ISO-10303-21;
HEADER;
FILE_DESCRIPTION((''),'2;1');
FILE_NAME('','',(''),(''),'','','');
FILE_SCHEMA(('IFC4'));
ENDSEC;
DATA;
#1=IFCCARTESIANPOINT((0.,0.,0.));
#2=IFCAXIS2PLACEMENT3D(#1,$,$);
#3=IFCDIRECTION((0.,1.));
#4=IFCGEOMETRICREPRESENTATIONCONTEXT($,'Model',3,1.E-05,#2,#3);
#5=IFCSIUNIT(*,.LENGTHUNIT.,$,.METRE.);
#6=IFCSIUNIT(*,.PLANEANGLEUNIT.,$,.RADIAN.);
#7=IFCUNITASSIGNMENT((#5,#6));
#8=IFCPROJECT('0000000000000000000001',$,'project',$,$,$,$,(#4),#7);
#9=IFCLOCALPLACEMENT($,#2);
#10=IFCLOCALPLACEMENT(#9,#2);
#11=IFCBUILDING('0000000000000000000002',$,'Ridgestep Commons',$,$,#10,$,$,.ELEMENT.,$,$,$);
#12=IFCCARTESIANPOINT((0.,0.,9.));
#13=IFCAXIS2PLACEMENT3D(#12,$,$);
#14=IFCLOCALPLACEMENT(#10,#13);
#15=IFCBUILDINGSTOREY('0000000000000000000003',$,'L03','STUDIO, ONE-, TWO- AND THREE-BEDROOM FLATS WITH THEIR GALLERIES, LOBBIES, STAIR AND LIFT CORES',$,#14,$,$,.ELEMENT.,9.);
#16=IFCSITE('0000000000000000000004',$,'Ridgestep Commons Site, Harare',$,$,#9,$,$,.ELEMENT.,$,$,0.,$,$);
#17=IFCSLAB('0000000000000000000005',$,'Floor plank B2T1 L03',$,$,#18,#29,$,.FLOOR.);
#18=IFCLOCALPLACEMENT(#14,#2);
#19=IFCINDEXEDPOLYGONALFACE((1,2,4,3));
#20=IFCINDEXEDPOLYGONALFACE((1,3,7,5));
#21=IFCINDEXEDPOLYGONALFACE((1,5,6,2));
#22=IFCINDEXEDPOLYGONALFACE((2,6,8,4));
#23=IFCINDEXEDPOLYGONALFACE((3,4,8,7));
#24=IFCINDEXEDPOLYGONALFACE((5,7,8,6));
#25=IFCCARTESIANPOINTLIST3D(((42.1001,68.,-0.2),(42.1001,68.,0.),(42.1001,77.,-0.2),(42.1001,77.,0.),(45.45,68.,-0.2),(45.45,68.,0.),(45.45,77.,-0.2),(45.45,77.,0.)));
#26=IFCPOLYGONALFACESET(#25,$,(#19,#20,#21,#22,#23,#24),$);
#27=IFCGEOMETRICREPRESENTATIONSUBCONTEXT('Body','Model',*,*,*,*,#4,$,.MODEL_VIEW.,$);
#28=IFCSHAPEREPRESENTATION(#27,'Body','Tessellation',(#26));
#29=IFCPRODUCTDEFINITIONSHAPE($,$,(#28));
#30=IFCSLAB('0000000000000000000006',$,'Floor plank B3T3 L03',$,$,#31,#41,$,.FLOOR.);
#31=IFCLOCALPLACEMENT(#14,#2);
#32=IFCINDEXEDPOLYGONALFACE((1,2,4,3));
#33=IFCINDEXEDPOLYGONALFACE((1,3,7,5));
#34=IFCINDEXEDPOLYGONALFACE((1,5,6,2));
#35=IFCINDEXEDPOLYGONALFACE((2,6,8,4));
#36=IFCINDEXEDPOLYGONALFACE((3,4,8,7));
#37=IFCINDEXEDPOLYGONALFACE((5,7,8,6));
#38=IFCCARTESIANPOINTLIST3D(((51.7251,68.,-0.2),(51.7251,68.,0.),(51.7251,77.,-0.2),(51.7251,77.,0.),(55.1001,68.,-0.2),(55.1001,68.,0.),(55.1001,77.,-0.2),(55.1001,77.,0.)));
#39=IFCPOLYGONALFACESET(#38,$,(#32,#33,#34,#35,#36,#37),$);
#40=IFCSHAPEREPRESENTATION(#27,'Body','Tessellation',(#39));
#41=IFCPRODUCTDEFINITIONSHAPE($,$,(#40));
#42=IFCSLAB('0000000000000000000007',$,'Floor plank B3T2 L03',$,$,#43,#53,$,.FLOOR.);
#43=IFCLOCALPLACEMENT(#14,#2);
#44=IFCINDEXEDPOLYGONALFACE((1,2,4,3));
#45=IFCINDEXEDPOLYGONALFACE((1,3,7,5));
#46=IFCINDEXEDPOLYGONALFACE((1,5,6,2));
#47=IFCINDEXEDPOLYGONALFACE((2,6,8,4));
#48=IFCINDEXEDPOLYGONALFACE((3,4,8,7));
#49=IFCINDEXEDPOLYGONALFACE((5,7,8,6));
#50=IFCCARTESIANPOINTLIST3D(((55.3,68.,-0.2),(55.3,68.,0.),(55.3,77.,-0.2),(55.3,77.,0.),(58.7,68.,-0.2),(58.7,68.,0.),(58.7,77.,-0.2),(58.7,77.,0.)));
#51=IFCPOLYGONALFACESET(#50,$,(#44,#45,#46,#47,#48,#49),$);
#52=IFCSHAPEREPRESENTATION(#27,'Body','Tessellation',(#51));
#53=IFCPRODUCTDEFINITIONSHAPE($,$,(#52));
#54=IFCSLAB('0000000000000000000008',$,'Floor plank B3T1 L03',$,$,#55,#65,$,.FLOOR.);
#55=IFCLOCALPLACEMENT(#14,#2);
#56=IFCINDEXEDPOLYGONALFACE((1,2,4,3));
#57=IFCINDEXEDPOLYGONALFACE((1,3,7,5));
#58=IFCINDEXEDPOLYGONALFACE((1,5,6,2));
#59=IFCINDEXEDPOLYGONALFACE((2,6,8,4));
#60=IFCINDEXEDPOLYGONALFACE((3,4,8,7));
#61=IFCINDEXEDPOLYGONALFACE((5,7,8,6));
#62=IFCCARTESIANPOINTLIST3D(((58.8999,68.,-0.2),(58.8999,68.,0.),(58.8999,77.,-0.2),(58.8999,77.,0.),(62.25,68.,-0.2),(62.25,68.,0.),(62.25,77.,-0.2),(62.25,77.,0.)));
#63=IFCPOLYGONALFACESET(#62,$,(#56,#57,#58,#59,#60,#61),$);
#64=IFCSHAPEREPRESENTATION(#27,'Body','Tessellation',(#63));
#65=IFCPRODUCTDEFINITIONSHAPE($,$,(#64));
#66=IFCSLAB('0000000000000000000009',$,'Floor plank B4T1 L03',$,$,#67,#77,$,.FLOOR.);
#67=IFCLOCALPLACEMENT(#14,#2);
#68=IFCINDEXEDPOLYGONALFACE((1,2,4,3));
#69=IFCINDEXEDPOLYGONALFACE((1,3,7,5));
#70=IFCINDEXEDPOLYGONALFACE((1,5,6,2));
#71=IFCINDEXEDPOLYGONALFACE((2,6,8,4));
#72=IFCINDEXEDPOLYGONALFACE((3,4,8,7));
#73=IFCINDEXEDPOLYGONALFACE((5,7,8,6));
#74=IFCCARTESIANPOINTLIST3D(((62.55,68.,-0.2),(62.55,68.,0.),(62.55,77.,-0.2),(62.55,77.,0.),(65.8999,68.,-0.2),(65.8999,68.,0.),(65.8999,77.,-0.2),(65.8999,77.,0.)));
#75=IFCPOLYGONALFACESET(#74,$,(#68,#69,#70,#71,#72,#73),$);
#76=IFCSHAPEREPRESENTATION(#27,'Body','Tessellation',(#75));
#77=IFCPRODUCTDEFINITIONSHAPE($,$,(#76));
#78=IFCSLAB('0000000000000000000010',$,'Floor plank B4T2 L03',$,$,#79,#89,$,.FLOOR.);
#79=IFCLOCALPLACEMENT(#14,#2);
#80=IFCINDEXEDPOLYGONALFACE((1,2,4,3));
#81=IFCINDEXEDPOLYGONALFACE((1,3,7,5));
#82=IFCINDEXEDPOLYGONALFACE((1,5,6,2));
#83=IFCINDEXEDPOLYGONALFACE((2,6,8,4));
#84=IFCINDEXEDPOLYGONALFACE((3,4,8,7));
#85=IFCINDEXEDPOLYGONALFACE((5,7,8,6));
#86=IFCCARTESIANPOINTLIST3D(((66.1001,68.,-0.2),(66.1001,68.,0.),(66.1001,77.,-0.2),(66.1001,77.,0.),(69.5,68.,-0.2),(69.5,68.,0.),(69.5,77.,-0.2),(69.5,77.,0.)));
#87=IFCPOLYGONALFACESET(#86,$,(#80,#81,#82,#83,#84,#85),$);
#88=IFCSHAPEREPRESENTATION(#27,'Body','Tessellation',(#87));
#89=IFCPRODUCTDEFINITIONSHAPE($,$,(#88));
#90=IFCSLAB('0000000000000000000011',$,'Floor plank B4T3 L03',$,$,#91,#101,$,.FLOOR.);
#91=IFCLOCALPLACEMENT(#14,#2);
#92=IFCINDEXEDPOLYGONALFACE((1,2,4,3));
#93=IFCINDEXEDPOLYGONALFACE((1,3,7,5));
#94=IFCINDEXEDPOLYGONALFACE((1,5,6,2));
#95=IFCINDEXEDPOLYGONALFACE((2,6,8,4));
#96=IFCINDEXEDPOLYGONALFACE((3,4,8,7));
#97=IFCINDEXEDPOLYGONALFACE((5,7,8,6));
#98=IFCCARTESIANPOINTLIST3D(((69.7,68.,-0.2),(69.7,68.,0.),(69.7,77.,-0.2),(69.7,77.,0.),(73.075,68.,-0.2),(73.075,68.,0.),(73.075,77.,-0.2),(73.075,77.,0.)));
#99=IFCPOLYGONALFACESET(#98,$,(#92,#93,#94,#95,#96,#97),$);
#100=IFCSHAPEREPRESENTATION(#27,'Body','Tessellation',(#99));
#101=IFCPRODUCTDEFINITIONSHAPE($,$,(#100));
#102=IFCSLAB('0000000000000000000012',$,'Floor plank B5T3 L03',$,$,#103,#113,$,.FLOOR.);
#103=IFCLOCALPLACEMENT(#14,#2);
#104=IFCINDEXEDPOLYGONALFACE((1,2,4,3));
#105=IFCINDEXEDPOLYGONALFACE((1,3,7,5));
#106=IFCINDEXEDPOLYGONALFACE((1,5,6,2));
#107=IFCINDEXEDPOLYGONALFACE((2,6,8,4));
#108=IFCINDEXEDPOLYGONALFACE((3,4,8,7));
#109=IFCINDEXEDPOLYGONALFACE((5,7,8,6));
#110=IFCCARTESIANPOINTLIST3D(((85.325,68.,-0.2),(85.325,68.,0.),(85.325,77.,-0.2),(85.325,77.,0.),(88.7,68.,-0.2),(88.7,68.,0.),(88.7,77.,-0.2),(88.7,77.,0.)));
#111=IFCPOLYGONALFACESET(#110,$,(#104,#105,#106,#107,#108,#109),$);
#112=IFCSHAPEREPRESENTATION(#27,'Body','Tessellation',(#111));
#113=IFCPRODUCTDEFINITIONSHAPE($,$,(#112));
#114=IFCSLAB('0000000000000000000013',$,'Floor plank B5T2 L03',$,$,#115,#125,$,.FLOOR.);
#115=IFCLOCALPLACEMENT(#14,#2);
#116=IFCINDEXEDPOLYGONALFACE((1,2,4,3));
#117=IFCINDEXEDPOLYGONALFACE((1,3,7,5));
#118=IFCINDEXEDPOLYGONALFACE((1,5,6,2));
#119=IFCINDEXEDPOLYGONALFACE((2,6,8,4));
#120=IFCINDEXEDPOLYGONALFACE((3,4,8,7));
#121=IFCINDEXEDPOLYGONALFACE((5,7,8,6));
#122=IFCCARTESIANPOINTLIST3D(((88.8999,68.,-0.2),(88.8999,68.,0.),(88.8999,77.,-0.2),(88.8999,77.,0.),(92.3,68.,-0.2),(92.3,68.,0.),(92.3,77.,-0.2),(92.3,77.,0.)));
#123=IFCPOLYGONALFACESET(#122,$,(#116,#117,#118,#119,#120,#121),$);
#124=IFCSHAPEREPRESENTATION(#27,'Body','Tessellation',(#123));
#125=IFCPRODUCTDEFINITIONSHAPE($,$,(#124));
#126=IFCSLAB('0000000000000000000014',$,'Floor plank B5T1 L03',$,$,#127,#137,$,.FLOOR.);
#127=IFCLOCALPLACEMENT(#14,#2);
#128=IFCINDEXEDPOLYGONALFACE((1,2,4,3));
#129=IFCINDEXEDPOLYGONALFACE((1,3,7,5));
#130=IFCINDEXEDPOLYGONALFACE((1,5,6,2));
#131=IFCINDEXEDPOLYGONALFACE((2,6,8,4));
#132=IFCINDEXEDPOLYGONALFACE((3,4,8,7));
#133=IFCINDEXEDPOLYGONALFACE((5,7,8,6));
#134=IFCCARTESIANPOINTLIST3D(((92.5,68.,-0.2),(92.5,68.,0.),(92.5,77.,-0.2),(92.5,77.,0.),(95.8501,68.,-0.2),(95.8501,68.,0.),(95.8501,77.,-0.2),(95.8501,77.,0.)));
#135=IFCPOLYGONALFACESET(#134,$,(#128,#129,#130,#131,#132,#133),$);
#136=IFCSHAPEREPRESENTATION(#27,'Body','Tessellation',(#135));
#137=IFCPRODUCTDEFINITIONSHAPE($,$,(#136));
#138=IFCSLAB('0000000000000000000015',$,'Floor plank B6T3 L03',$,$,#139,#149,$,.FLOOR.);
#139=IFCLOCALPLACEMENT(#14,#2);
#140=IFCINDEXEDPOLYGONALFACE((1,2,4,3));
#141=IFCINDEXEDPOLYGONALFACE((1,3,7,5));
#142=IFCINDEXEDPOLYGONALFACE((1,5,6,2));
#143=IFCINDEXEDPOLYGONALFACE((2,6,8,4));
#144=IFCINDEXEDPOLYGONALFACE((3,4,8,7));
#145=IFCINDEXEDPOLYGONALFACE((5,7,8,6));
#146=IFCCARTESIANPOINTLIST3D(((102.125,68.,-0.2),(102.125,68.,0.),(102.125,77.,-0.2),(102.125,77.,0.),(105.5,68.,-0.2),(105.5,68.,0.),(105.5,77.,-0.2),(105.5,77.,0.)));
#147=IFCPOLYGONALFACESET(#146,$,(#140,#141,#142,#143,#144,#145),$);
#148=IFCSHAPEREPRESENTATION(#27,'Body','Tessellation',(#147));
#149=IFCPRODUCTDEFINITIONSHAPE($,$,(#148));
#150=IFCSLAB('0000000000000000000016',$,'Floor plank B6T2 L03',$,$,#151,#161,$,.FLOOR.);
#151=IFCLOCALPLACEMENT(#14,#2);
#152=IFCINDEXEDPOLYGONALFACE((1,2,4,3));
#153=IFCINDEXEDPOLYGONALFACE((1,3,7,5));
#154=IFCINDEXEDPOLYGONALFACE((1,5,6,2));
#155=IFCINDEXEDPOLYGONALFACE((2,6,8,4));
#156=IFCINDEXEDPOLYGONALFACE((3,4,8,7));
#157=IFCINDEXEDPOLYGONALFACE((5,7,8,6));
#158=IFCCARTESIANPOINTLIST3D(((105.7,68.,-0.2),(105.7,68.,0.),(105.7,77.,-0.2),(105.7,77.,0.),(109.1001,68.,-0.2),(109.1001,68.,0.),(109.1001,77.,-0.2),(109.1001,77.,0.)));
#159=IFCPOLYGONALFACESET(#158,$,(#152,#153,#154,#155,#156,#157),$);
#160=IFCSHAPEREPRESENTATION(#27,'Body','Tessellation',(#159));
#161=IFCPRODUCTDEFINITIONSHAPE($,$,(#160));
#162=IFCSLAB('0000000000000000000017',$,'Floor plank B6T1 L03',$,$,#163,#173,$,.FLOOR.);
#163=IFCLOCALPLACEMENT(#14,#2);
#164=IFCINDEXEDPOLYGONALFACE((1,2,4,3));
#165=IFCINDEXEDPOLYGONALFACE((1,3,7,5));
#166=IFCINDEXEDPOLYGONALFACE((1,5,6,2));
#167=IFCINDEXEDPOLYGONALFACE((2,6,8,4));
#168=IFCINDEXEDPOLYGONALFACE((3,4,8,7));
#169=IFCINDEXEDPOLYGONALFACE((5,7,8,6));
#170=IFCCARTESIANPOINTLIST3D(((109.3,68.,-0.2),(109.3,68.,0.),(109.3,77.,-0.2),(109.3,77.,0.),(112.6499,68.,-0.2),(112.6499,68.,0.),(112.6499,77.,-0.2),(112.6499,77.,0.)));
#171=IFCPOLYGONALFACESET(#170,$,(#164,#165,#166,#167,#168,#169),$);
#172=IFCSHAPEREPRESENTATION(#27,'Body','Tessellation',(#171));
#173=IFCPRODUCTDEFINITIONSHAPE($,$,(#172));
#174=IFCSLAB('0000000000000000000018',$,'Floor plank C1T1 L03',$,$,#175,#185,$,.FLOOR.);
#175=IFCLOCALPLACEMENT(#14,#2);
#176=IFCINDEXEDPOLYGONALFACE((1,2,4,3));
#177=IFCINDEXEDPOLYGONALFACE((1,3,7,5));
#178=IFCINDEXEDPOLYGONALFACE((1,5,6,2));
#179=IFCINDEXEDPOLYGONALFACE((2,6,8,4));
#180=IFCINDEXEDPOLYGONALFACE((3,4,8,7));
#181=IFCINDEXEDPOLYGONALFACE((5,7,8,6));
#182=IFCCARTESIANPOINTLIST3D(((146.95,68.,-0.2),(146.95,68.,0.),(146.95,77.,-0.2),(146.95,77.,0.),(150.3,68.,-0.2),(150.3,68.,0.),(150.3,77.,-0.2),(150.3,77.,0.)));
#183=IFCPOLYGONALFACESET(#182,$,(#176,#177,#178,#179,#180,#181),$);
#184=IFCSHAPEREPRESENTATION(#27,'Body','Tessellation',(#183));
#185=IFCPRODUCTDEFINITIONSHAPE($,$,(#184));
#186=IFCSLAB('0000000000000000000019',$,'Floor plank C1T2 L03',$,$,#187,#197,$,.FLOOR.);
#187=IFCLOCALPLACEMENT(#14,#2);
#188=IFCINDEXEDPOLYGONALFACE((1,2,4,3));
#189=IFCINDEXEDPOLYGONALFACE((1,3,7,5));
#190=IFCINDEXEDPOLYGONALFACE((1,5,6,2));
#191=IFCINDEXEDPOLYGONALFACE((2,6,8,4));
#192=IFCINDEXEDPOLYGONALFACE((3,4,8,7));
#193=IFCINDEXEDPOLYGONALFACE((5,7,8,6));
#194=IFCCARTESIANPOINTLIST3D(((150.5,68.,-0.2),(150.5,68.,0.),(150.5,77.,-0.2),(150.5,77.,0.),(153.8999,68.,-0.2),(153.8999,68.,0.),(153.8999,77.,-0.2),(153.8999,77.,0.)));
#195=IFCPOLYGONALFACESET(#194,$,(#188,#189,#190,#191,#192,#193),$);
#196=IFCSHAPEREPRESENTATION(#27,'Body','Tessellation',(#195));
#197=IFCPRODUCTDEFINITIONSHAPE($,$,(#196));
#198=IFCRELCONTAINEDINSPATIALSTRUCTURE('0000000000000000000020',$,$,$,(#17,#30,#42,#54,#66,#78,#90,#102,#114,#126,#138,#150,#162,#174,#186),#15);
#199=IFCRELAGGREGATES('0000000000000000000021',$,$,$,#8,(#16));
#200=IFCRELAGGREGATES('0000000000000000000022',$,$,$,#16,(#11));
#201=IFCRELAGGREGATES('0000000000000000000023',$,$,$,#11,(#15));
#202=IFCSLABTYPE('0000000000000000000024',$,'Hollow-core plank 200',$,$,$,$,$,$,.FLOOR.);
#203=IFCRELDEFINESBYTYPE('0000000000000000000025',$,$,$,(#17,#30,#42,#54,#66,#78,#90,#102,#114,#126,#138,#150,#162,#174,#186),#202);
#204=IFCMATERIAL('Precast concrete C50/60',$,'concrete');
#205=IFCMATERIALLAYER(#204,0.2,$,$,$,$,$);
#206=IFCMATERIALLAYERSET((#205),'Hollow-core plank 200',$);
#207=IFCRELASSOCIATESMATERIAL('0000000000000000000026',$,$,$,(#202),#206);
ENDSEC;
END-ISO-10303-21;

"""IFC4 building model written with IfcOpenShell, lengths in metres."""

from ifc_helpers import new_model, si_unit, direction, frame, origin, place, context, subcontext, project, spatial, polyline, outline, extrude, material, layer, layer_set, type_object, element, save


model = new_model("IFC4")

# Units and contexts
model_context = context("Model", 3, precision=1e-05, world=origin(), true_north=direction((0.0, 1.0)))
body_context = subcontext(model_context, "Body", "Model", "MODEL_VIEW")
ifc_project = project(units=[si_unit("LENGTHUNIT", "METRE"), si_unit("PLANEANGLEUNIT", "RADIAN")], contexts=[model_context])

# Site, building, storey
site_placement = place(None, origin())
site = spatial("IfcSite", under=ifc_project, at=site_placement, Name="Ridgestep Commons Site, Harare", CompositionType="ELEMENT", RefElevation=0.0)
building_placement = place(site_placement, origin())
building = spatial("IfcBuilding", under=site, at=building_placement, Name="Ridgestep Commons", CompositionType="ELEMENT")
storey_placement = place(building_placement, frame((0.0, 0.0, 9.0)))
storey = spatial("IfcBuildingStorey", under=building, at=storey_placement, Name="L03", Description="STUDIO, ONE-, TWO- AND THREE-BEDROOM FLATS WITH THEIR GALLERIES, LOBBIES, STAIR AND LIFT CORES", CompositionType="ELEMENT", Elevation=9.0)

# Slabs
ifc_material_1 = material(Name="Precast concrete C50/60", Category="concrete")
ifc_layer_1 = layer(ifc_material_1, 0.2)
ifc_layer_set_1 = layer_set([ifc_layer_1], Name="Hollow-core plank 200")
slab_type_1 = type_object("IfcSlabType", Name="Hollow-core plank 200", PredefinedType="FLOOR", material=ifc_layer_set_1)
slab_1_placement = place(storey_placement, frame((0.0, 0.0, -0.2)))
element("IfcSlab", 1, at=slab_1_placement, inside=storey, type_object=slab_type_1, Name="Floor plank B2T1 L03", PredefinedType="FLOOR", context=body_context, shape_type="SweptSolid", body=[
    extrude(outline(polyline([(45.45, 68.0), (45.45, 77.0), (42.1001, 77.0), (42.1001, 68.0), (45.45, 68.0)])), origin(), (0.0, 0.0, 1.0), 0.2),
])
slab_2_placement = place(storey_placement, frame((0.0, 0.0, -0.2)))
element("IfcSlab", 2, at=slab_2_placement, inside=storey, type_object=slab_type_1, Name="Floor plank B3T3 L03", PredefinedType="FLOOR", context=body_context, shape_type="SweptSolid", body=[
    extrude(outline(polyline([(55.1001, 68.0), (55.1001, 77.0), (51.7251, 77.0), (51.7251, 68.0), (55.1001, 68.0)])), origin(), (0.0, 0.0, 1.0), 0.2),
])
slab_3_placement = place(storey_placement, frame((0.0, 0.0, -0.2)))
element("IfcSlab", 3, at=slab_3_placement, inside=storey, type_object=slab_type_1, Name="Floor plank B3T2 L03", PredefinedType="FLOOR", context=body_context, shape_type="SweptSolid", body=[
    extrude(outline(polyline([(58.7, 68.0), (58.7, 77.0), (55.3, 77.0), (55.3, 68.0), (58.7, 68.0)])), origin(), (0.0, 0.0, 1.0), 0.2),
])
slab_4_placement = place(storey_placement, frame((0.0, 0.0, -0.2)))
element("IfcSlab", 4, at=slab_4_placement, inside=storey, type_object=slab_type_1, Name="Floor plank B3T1 L03", PredefinedType="FLOOR", context=body_context, shape_type="SweptSolid", body=[
    extrude(outline(polyline([(62.25, 68.0), (62.25, 77.0), (58.8999, 77.0), (58.8999, 68.0), (62.25, 68.0)])), origin(), (0.0, 0.0, 1.0), 0.2),
])
slab_5_placement = place(storey_placement, frame((0.0, 0.0, -0.2)))
element("IfcSlab", 5, at=slab_5_placement, inside=storey, type_object=slab_type_1, Name="Floor plank B4T1 L03", PredefinedType="FLOOR", context=body_context, shape_type="SweptSolid", body=[
    extrude(outline(polyline([(65.8999, 68.0), (65.8999, 77.0), (62.55, 77.0), (62.55, 68.0), (65.8999, 68.0)])), origin(), (0.0, 0.0, 1.0), 0.2),
])
slab_6_placement = place(storey_placement, frame((0.0, 0.0, -0.2)))
element("IfcSlab", 6, at=slab_6_placement, inside=storey, type_object=slab_type_1, Name="Floor plank B4T2 L03", PredefinedType="FLOOR", context=body_context, shape_type="SweptSolid", body=[
    extrude(outline(polyline([(69.5, 68.0), (69.5, 77.0), (66.1001, 77.0), (66.1001, 68.0), (69.5, 68.0)])), origin(), (0.0, 0.0, 1.0), 0.2),
])
slab_7_placement = place(storey_placement, frame((0.0, 0.0, -0.2)))
element("IfcSlab", 7, at=slab_7_placement, inside=storey, type_object=slab_type_1, Name="Floor plank B4T3 L03", PredefinedType="FLOOR", context=body_context, shape_type="SweptSolid", body=[
    extrude(outline(polyline([(73.075, 68.0), (73.075, 77.0), (69.7, 77.0), (69.7, 68.0), (73.075, 68.0)])), origin(), (0.0, 0.0, 1.0), 0.2),
])
slab_8_placement = place(storey_placement, frame((0.0, 0.0, -0.2)))
element("IfcSlab", 8, at=slab_8_placement, inside=storey, type_object=slab_type_1, Name="Floor plank B5T3 L03", PredefinedType="FLOOR", context=body_context, shape_type="SweptSolid", body=[
    extrude(outline(polyline([(88.7, 68.0), (88.7, 77.0), (85.325, 77.0), (85.325, 68.0), (88.7, 68.0)])), origin(), (0.0, 0.0, 1.0), 0.2),
])
slab_9_placement = place(storey_placement, frame((0.0, 0.0, -0.2)))
element("IfcSlab", 9, at=slab_9_placement, inside=storey, type_object=slab_type_1, Name="Floor plank B5T2 L03", PredefinedType="FLOOR", context=body_context, shape_type="SweptSolid", body=[
    extrude(outline(polyline([(92.3, 68.0), (92.3, 77.0), (88.8999, 77.0), (88.8999, 68.0), (92.3, 68.0)])), origin(), (0.0, 0.0, 1.0), 0.2),
])
slab_10_placement = place(storey_placement, frame((0.0, 0.0, -0.2)))
element("IfcSlab", 10, at=slab_10_placement, inside=storey, type_object=slab_type_1, Name="Floor plank B5T1 L03", PredefinedType="FLOOR", context=body_context, shape_type="SweptSolid", body=[
    extrude(outline(polyline([(95.8501, 68.0), (95.8501, 77.0), (92.5, 77.0), (92.5, 68.0), (95.8501, 68.0)])), origin(), (0.0, 0.0, 1.0), 0.2),
])
slab_11_placement = place(storey_placement, frame((0.0, 0.0, -0.2)))
element("IfcSlab", 11, at=slab_11_placement, inside=storey, type_object=slab_type_1, Name="Floor plank B6T3 L03", PredefinedType="FLOOR", context=body_context, shape_type="SweptSolid", body=[
    extrude(outline(polyline([(105.5, 68.0), (105.5, 77.0), (102.125, 77.0), (102.125, 68.0), (105.5, 68.0)])), origin(), (0.0, 0.0, 1.0), 0.2),
])
slab_12_placement = place(storey_placement, frame((0.0, 0.0, -0.2)))
element("IfcSlab", 12, at=slab_12_placement, inside=storey, type_object=slab_type_1, Name="Floor plank B6T2 L03", PredefinedType="FLOOR", context=body_context, shape_type="SweptSolid", body=[
    extrude(outline(polyline([(109.1001, 68.0), (109.1001, 77.0), (105.7, 77.0), (105.7, 68.0), (109.1001, 68.0)])), origin(), (0.0, 0.0, 1.0), 0.2),
])
slab_13_placement = place(storey_placement, frame((0.0, 0.0, -0.2)))
element("IfcSlab", 13, at=slab_13_placement, inside=storey, type_object=slab_type_1, Name="Floor plank B6T1 L03", PredefinedType="FLOOR", context=body_context, shape_type="SweptSolid", body=[
    extrude(outline(polyline([(112.6499, 68.0), (112.6499, 77.0), (109.3, 77.0), (109.3, 68.0), (112.6499, 68.0)])), origin(), (0.0, 0.0, 1.0), 0.2),
])
slab_14_placement = place(storey_placement, frame((0.0, 0.0, -0.2)))
element("IfcSlab", 14, at=slab_14_placement, inside=storey, type_object=slab_type_1, Name="Floor plank C1T1 L03", PredefinedType="FLOOR", context=body_context, shape_type="SweptSolid", body=[
    extrude(outline(polyline([(150.3, 68.0), (150.3, 77.0), (146.95, 77.0), (146.95, 68.0), (150.3, 68.0)])), origin(), (0.0, 0.0, 1.0), 0.2),
])
slab_15_placement = place(storey_placement, frame((0.0, 0.0, -0.2)))
element("IfcSlab", 15, at=slab_15_placement, inside=storey, type_object=slab_type_1, Name="Floor plank C1T2 L03", PredefinedType="FLOOR", context=body_context, shape_type="SweptSolid", body=[
    extrude(outline(polyline([(153.8999, 68.0), (153.8999, 77.0), (150.5, 77.0), (150.5, 68.0), (153.8999, 68.0)])), origin(), (0.0, 0.0, 1.0), 0.2),
])

save(model, "model.ifc")
